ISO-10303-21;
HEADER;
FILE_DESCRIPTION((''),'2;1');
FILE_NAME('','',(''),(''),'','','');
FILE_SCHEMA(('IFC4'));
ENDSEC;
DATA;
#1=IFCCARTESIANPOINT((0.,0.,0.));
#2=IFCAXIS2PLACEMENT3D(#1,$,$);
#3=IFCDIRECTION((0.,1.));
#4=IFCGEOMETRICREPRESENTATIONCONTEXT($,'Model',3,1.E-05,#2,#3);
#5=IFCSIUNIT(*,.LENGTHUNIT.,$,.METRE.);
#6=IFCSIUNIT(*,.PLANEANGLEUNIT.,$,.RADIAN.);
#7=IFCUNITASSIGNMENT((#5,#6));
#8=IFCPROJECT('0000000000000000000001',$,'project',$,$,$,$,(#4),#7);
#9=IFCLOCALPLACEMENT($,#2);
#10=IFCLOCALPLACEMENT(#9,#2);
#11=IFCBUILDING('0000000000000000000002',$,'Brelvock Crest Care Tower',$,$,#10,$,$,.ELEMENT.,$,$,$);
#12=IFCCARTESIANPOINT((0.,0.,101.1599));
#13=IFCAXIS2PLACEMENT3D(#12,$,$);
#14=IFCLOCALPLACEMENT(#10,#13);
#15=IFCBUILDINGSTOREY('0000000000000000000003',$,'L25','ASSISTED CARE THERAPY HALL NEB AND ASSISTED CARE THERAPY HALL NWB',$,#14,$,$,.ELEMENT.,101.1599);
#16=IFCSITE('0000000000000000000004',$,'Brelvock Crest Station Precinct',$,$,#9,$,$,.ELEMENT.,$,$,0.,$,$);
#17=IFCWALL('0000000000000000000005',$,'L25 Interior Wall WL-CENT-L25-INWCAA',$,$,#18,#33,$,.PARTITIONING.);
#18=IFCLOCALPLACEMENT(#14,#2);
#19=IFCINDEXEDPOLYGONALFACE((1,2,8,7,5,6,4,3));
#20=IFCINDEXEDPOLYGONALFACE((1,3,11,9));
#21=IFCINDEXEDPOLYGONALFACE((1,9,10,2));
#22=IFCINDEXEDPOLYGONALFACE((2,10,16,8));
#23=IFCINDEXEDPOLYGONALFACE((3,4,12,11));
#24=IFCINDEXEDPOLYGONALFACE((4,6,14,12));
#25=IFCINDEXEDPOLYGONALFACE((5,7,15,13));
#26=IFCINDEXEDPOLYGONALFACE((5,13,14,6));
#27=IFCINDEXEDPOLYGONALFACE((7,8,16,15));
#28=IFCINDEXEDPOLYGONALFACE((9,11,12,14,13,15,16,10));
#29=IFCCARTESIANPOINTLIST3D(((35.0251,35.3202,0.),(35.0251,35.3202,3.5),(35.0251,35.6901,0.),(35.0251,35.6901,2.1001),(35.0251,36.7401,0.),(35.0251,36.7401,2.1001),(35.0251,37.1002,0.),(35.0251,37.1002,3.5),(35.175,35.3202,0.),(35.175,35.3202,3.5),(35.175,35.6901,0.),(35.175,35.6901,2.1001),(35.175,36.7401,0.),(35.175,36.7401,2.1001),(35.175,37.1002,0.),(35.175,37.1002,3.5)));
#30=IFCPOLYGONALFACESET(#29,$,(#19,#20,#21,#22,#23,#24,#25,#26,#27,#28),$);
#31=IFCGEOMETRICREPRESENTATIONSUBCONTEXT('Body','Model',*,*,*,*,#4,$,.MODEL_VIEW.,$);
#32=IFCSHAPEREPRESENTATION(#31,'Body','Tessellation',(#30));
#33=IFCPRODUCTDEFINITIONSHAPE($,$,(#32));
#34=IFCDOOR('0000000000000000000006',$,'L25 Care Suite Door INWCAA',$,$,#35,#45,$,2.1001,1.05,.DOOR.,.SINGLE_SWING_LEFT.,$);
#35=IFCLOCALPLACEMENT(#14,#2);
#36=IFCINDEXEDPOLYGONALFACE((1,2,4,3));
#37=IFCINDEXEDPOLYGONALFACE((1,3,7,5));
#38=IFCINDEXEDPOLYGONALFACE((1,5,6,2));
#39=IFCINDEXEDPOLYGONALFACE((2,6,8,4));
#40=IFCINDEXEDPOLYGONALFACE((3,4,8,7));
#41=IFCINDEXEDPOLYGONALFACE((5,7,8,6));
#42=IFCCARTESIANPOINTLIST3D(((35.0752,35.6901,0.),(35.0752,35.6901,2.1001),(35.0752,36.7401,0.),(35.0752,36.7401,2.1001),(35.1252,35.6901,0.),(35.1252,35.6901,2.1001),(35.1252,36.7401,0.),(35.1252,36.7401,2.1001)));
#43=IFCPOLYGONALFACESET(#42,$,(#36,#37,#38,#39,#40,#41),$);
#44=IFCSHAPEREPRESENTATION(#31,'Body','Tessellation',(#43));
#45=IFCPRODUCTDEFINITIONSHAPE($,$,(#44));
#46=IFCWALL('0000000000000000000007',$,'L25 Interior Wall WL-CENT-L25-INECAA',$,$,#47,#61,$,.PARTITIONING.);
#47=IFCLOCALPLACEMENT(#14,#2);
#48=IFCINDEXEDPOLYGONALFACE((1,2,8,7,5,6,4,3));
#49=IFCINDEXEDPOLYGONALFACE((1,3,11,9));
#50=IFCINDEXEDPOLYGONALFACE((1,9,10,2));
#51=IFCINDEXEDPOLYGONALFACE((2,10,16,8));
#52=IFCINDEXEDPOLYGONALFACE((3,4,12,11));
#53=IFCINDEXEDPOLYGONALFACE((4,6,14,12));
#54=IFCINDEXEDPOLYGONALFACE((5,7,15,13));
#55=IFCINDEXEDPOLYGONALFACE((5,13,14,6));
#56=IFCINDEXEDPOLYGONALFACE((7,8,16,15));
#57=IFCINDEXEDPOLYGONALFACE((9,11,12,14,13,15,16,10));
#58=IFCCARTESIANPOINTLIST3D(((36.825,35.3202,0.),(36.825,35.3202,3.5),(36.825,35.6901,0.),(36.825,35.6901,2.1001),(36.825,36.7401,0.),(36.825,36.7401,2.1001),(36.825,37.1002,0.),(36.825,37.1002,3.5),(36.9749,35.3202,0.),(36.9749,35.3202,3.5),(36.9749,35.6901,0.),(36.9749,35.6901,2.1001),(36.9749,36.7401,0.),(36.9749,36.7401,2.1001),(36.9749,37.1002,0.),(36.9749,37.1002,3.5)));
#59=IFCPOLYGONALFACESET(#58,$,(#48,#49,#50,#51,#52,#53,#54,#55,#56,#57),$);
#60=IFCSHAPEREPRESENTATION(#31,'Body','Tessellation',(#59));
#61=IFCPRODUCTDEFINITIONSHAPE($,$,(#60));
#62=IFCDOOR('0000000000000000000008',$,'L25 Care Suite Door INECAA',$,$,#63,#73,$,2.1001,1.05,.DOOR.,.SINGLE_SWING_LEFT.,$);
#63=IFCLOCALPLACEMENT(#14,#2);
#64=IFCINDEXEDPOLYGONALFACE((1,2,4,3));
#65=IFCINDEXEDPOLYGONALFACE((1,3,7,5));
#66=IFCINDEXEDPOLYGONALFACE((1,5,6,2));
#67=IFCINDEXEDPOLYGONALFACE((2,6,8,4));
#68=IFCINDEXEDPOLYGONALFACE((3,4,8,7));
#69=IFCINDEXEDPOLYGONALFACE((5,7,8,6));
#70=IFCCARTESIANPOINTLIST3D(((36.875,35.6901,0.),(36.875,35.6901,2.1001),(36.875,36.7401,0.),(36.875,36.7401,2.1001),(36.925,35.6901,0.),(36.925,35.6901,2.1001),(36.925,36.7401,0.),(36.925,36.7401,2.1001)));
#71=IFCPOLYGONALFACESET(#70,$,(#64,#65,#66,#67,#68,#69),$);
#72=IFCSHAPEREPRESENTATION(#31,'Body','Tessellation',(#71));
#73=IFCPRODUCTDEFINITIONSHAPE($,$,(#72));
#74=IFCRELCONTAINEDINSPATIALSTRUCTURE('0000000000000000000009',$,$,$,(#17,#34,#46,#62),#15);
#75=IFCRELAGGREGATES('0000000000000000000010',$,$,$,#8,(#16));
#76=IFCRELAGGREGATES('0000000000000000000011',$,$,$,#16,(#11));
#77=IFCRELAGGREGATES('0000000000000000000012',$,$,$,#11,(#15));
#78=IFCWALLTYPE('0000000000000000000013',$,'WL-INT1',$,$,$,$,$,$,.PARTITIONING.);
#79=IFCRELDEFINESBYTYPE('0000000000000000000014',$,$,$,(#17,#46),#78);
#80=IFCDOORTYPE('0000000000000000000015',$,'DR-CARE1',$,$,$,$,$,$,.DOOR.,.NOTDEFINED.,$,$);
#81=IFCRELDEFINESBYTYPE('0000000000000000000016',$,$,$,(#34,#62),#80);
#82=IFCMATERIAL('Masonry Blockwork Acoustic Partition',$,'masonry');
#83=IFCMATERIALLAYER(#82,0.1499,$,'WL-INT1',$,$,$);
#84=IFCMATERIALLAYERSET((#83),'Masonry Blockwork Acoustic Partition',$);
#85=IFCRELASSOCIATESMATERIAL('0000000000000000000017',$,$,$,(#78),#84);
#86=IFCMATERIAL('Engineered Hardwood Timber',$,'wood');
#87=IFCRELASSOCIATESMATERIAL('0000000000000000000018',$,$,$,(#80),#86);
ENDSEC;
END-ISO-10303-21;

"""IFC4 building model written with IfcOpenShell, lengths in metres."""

from ifc_helpers import new_model, si_unit, direction, frame, frame_2d, origin, origin_2d, place, context, subcontext, project, spatial, rectangle, extrude, source, transform, mapped, material, layer, layer_set, type_object, element, fill, save


model = new_model("IFC4")

# Units and contexts
model_context = context("Model", 3, precision=1e-05, world=origin(), true_north=direction((0.0, 1.0)))
body_context = subcontext(model_context, "Body", "Model", "MODEL_VIEW")
ifc_project = project(units=[si_unit("LENGTHUNIT", "METRE"), si_unit("PLANEANGLEUNIT", "RADIAN")], contexts=[model_context])

# Site, building, storey
site_placement = place(None, origin())
site = spatial("IfcSite", under=ifc_project, at=site_placement, Name="Brelvock Crest Station Precinct", CompositionType="ELEMENT", RefElevation=0.0)
building_placement = place(site_placement, origin())
building = spatial("IfcBuilding", under=site, at=building_placement, Name="Brelvock Crest Care Tower", CompositionType="ELEMENT")
storey_placement = place(building_placement, frame((0.0, 0.0, 101.1599)))
storey = spatial("IfcBuildingStorey", under=building, at=storey_placement, Name="L25", Description="ASSISTED CARE THERAPY HALL NEB AND ASSISTED CARE THERAPY HALL NWB", CompositionType="ELEMENT", Elevation=101.1599)

# Shared definitions
ifc_material_1 = material(Name="Masonry Blockwork Acoustic Partition", Category="masonry")
ifc_layer = layer(ifc_material_1, 0.1499, Name="WL-INT1")
ifc_layer_set = layer_set([ifc_layer], Name="Masonry Blockwork Acoustic Partition")
wall_type = type_object("IfcWallType", Name="WL-INT1", PredefinedType="PARTITIONING", material=ifc_layer_set)

# Walls, openings, doors
wall_1_placement = place(storey_placement, frame((35.1001, 35.3201, 0.0), z_axis=(0.0, 0.0, 1.0), x_axis=(0.0, 1.0, 0.0)))
wall_1 = element("IfcWall", 1, at=wall_1_placement, inside=storey, type_object=wall_type, Name="L25 Interior Wall WL-CENT-L25-INWCAA", PredefinedType="PARTITIONING", context=body_context, shape_type="SweptSolid", body=[
    extrude(rectangle(XDim=1.78, YDim=0.1499, at=frame_2d((0.8901, 0.0))), origin(), (0.0, 0.0, 1.0), 3.5),
])
opening_1_placement = place(wall_1_placement, frame((0.3701, 0.0, 0.0)))
opening_1 = element("IfcOpeningElement", 2, at=opening_1_placement, cuts=wall_1, PredefinedType="OPENING", context=body_context, shape_type="SweptSolid", body=[
    extrude(rectangle(XDim=1.05, YDim=2.1001, at=origin_2d()), frame((0.5249, 0.085, 1.05), z_axis=(0.0, -1.0, 0.0), x_axis=(1.0, 0.0, 0.0)), (0.0, 0.0, 1.0), 0.1699),
])
ifc_material_2 = material(Name="Engineered Hardwood Timber", Category="wood")
door_type = type_object("IfcDoorType", Name="DR-CARE1", OperationType="NOTDEFINED", PredefinedType="DOOR", material=ifc_material_2)
shared_shape_1 = source(origin(), body_context, "Body", "SweptSolid", [
    extrude(rectangle(XDim=1.05, YDim=2.1001, at=origin_2d()), frame((0.5249, 0.0249, 1.05), z_axis=(0.0, -1.0, 0.0), x_axis=(1.0, 0.0, 0.0)), (0.0, 0.0, 1.0), 0.05),
])
door_1_placement = place(opening_1_placement, origin())
door_1 = element("IfcDoor", 3, at=door_1_placement, inside=storey, type_object=door_type, Name="L25 Care Suite Door INWCAA", OperationType="SINGLE_SWING_LEFT", OverallHeight=2.1001, OverallWidth=1.05, PredefinedType="DOOR", context=body_context, shape_type="MappedRepresentation", body=[
    mapped(shared_shape_1, transform((0.0, 0.0, 0.0), x_axis=(1.0, 0.0, 0.0), y_axis=(0.0, 1.0, 0.0), z_axis=(0.0, 0.0, 1.0), scale=1.0)),
])
fill(opening_1, door_1)
wall_2_placement = place(storey_placement, frame((36.8999, 35.3201, 0.0), z_axis=(0.0, 0.0, 1.0), x_axis=(0.0, 1.0, 0.0)))
wall_2 = element("IfcWall", 4, at=wall_2_placement, inside=storey, type_object=wall_type, Name="L25 Interior Wall WL-CENT-L25-INECAA", PredefinedType="PARTITIONING", context=body_context, shape_type="SweptSolid", body=[
    extrude(rectangle(XDim=1.78, YDim=0.1499, at=frame_2d((0.8901, 0.0))), origin(), (0.0, 0.0, 1.0), 3.5),
])
opening_2_placement = place(wall_2_placement, frame((0.3701, 0.0, 0.0)))
opening_2 = element("IfcOpeningElement", 5, at=opening_2_placement, cuts=wall_2, PredefinedType="OPENING", context=body_context, shape_type="SweptSolid", body=[
    extrude(rectangle(XDim=1.05, YDim=2.1001, at=origin_2d()), frame((0.5249, 0.085, 1.05), z_axis=(0.0, -1.0, 0.0), x_axis=(1.0, 0.0, 0.0)), (0.0, 0.0, 1.0), 0.1699),
])
door_2_placement = place(opening_2_placement, origin())
door_2 = element("IfcDoor", 6, at=door_2_placement, inside=storey, type_object=door_type, Name="L25 Care Suite Door INECAA", OperationType="SINGLE_SWING_LEFT", OverallHeight=2.1001, OverallWidth=1.05, PredefinedType="DOOR", context=body_context, shape_type="MappedRepresentation", body=[
    mapped(shared_shape_1, transform((0.0, 0.0, 0.0), x_axis=(1.0, 0.0, 0.0), y_axis=(0.0, 1.0, 0.0), z_axis=(0.0, 0.0, 1.0), scale=1.0)),
])
fill(opening_2, door_2)

save(model, "model.ifc")
